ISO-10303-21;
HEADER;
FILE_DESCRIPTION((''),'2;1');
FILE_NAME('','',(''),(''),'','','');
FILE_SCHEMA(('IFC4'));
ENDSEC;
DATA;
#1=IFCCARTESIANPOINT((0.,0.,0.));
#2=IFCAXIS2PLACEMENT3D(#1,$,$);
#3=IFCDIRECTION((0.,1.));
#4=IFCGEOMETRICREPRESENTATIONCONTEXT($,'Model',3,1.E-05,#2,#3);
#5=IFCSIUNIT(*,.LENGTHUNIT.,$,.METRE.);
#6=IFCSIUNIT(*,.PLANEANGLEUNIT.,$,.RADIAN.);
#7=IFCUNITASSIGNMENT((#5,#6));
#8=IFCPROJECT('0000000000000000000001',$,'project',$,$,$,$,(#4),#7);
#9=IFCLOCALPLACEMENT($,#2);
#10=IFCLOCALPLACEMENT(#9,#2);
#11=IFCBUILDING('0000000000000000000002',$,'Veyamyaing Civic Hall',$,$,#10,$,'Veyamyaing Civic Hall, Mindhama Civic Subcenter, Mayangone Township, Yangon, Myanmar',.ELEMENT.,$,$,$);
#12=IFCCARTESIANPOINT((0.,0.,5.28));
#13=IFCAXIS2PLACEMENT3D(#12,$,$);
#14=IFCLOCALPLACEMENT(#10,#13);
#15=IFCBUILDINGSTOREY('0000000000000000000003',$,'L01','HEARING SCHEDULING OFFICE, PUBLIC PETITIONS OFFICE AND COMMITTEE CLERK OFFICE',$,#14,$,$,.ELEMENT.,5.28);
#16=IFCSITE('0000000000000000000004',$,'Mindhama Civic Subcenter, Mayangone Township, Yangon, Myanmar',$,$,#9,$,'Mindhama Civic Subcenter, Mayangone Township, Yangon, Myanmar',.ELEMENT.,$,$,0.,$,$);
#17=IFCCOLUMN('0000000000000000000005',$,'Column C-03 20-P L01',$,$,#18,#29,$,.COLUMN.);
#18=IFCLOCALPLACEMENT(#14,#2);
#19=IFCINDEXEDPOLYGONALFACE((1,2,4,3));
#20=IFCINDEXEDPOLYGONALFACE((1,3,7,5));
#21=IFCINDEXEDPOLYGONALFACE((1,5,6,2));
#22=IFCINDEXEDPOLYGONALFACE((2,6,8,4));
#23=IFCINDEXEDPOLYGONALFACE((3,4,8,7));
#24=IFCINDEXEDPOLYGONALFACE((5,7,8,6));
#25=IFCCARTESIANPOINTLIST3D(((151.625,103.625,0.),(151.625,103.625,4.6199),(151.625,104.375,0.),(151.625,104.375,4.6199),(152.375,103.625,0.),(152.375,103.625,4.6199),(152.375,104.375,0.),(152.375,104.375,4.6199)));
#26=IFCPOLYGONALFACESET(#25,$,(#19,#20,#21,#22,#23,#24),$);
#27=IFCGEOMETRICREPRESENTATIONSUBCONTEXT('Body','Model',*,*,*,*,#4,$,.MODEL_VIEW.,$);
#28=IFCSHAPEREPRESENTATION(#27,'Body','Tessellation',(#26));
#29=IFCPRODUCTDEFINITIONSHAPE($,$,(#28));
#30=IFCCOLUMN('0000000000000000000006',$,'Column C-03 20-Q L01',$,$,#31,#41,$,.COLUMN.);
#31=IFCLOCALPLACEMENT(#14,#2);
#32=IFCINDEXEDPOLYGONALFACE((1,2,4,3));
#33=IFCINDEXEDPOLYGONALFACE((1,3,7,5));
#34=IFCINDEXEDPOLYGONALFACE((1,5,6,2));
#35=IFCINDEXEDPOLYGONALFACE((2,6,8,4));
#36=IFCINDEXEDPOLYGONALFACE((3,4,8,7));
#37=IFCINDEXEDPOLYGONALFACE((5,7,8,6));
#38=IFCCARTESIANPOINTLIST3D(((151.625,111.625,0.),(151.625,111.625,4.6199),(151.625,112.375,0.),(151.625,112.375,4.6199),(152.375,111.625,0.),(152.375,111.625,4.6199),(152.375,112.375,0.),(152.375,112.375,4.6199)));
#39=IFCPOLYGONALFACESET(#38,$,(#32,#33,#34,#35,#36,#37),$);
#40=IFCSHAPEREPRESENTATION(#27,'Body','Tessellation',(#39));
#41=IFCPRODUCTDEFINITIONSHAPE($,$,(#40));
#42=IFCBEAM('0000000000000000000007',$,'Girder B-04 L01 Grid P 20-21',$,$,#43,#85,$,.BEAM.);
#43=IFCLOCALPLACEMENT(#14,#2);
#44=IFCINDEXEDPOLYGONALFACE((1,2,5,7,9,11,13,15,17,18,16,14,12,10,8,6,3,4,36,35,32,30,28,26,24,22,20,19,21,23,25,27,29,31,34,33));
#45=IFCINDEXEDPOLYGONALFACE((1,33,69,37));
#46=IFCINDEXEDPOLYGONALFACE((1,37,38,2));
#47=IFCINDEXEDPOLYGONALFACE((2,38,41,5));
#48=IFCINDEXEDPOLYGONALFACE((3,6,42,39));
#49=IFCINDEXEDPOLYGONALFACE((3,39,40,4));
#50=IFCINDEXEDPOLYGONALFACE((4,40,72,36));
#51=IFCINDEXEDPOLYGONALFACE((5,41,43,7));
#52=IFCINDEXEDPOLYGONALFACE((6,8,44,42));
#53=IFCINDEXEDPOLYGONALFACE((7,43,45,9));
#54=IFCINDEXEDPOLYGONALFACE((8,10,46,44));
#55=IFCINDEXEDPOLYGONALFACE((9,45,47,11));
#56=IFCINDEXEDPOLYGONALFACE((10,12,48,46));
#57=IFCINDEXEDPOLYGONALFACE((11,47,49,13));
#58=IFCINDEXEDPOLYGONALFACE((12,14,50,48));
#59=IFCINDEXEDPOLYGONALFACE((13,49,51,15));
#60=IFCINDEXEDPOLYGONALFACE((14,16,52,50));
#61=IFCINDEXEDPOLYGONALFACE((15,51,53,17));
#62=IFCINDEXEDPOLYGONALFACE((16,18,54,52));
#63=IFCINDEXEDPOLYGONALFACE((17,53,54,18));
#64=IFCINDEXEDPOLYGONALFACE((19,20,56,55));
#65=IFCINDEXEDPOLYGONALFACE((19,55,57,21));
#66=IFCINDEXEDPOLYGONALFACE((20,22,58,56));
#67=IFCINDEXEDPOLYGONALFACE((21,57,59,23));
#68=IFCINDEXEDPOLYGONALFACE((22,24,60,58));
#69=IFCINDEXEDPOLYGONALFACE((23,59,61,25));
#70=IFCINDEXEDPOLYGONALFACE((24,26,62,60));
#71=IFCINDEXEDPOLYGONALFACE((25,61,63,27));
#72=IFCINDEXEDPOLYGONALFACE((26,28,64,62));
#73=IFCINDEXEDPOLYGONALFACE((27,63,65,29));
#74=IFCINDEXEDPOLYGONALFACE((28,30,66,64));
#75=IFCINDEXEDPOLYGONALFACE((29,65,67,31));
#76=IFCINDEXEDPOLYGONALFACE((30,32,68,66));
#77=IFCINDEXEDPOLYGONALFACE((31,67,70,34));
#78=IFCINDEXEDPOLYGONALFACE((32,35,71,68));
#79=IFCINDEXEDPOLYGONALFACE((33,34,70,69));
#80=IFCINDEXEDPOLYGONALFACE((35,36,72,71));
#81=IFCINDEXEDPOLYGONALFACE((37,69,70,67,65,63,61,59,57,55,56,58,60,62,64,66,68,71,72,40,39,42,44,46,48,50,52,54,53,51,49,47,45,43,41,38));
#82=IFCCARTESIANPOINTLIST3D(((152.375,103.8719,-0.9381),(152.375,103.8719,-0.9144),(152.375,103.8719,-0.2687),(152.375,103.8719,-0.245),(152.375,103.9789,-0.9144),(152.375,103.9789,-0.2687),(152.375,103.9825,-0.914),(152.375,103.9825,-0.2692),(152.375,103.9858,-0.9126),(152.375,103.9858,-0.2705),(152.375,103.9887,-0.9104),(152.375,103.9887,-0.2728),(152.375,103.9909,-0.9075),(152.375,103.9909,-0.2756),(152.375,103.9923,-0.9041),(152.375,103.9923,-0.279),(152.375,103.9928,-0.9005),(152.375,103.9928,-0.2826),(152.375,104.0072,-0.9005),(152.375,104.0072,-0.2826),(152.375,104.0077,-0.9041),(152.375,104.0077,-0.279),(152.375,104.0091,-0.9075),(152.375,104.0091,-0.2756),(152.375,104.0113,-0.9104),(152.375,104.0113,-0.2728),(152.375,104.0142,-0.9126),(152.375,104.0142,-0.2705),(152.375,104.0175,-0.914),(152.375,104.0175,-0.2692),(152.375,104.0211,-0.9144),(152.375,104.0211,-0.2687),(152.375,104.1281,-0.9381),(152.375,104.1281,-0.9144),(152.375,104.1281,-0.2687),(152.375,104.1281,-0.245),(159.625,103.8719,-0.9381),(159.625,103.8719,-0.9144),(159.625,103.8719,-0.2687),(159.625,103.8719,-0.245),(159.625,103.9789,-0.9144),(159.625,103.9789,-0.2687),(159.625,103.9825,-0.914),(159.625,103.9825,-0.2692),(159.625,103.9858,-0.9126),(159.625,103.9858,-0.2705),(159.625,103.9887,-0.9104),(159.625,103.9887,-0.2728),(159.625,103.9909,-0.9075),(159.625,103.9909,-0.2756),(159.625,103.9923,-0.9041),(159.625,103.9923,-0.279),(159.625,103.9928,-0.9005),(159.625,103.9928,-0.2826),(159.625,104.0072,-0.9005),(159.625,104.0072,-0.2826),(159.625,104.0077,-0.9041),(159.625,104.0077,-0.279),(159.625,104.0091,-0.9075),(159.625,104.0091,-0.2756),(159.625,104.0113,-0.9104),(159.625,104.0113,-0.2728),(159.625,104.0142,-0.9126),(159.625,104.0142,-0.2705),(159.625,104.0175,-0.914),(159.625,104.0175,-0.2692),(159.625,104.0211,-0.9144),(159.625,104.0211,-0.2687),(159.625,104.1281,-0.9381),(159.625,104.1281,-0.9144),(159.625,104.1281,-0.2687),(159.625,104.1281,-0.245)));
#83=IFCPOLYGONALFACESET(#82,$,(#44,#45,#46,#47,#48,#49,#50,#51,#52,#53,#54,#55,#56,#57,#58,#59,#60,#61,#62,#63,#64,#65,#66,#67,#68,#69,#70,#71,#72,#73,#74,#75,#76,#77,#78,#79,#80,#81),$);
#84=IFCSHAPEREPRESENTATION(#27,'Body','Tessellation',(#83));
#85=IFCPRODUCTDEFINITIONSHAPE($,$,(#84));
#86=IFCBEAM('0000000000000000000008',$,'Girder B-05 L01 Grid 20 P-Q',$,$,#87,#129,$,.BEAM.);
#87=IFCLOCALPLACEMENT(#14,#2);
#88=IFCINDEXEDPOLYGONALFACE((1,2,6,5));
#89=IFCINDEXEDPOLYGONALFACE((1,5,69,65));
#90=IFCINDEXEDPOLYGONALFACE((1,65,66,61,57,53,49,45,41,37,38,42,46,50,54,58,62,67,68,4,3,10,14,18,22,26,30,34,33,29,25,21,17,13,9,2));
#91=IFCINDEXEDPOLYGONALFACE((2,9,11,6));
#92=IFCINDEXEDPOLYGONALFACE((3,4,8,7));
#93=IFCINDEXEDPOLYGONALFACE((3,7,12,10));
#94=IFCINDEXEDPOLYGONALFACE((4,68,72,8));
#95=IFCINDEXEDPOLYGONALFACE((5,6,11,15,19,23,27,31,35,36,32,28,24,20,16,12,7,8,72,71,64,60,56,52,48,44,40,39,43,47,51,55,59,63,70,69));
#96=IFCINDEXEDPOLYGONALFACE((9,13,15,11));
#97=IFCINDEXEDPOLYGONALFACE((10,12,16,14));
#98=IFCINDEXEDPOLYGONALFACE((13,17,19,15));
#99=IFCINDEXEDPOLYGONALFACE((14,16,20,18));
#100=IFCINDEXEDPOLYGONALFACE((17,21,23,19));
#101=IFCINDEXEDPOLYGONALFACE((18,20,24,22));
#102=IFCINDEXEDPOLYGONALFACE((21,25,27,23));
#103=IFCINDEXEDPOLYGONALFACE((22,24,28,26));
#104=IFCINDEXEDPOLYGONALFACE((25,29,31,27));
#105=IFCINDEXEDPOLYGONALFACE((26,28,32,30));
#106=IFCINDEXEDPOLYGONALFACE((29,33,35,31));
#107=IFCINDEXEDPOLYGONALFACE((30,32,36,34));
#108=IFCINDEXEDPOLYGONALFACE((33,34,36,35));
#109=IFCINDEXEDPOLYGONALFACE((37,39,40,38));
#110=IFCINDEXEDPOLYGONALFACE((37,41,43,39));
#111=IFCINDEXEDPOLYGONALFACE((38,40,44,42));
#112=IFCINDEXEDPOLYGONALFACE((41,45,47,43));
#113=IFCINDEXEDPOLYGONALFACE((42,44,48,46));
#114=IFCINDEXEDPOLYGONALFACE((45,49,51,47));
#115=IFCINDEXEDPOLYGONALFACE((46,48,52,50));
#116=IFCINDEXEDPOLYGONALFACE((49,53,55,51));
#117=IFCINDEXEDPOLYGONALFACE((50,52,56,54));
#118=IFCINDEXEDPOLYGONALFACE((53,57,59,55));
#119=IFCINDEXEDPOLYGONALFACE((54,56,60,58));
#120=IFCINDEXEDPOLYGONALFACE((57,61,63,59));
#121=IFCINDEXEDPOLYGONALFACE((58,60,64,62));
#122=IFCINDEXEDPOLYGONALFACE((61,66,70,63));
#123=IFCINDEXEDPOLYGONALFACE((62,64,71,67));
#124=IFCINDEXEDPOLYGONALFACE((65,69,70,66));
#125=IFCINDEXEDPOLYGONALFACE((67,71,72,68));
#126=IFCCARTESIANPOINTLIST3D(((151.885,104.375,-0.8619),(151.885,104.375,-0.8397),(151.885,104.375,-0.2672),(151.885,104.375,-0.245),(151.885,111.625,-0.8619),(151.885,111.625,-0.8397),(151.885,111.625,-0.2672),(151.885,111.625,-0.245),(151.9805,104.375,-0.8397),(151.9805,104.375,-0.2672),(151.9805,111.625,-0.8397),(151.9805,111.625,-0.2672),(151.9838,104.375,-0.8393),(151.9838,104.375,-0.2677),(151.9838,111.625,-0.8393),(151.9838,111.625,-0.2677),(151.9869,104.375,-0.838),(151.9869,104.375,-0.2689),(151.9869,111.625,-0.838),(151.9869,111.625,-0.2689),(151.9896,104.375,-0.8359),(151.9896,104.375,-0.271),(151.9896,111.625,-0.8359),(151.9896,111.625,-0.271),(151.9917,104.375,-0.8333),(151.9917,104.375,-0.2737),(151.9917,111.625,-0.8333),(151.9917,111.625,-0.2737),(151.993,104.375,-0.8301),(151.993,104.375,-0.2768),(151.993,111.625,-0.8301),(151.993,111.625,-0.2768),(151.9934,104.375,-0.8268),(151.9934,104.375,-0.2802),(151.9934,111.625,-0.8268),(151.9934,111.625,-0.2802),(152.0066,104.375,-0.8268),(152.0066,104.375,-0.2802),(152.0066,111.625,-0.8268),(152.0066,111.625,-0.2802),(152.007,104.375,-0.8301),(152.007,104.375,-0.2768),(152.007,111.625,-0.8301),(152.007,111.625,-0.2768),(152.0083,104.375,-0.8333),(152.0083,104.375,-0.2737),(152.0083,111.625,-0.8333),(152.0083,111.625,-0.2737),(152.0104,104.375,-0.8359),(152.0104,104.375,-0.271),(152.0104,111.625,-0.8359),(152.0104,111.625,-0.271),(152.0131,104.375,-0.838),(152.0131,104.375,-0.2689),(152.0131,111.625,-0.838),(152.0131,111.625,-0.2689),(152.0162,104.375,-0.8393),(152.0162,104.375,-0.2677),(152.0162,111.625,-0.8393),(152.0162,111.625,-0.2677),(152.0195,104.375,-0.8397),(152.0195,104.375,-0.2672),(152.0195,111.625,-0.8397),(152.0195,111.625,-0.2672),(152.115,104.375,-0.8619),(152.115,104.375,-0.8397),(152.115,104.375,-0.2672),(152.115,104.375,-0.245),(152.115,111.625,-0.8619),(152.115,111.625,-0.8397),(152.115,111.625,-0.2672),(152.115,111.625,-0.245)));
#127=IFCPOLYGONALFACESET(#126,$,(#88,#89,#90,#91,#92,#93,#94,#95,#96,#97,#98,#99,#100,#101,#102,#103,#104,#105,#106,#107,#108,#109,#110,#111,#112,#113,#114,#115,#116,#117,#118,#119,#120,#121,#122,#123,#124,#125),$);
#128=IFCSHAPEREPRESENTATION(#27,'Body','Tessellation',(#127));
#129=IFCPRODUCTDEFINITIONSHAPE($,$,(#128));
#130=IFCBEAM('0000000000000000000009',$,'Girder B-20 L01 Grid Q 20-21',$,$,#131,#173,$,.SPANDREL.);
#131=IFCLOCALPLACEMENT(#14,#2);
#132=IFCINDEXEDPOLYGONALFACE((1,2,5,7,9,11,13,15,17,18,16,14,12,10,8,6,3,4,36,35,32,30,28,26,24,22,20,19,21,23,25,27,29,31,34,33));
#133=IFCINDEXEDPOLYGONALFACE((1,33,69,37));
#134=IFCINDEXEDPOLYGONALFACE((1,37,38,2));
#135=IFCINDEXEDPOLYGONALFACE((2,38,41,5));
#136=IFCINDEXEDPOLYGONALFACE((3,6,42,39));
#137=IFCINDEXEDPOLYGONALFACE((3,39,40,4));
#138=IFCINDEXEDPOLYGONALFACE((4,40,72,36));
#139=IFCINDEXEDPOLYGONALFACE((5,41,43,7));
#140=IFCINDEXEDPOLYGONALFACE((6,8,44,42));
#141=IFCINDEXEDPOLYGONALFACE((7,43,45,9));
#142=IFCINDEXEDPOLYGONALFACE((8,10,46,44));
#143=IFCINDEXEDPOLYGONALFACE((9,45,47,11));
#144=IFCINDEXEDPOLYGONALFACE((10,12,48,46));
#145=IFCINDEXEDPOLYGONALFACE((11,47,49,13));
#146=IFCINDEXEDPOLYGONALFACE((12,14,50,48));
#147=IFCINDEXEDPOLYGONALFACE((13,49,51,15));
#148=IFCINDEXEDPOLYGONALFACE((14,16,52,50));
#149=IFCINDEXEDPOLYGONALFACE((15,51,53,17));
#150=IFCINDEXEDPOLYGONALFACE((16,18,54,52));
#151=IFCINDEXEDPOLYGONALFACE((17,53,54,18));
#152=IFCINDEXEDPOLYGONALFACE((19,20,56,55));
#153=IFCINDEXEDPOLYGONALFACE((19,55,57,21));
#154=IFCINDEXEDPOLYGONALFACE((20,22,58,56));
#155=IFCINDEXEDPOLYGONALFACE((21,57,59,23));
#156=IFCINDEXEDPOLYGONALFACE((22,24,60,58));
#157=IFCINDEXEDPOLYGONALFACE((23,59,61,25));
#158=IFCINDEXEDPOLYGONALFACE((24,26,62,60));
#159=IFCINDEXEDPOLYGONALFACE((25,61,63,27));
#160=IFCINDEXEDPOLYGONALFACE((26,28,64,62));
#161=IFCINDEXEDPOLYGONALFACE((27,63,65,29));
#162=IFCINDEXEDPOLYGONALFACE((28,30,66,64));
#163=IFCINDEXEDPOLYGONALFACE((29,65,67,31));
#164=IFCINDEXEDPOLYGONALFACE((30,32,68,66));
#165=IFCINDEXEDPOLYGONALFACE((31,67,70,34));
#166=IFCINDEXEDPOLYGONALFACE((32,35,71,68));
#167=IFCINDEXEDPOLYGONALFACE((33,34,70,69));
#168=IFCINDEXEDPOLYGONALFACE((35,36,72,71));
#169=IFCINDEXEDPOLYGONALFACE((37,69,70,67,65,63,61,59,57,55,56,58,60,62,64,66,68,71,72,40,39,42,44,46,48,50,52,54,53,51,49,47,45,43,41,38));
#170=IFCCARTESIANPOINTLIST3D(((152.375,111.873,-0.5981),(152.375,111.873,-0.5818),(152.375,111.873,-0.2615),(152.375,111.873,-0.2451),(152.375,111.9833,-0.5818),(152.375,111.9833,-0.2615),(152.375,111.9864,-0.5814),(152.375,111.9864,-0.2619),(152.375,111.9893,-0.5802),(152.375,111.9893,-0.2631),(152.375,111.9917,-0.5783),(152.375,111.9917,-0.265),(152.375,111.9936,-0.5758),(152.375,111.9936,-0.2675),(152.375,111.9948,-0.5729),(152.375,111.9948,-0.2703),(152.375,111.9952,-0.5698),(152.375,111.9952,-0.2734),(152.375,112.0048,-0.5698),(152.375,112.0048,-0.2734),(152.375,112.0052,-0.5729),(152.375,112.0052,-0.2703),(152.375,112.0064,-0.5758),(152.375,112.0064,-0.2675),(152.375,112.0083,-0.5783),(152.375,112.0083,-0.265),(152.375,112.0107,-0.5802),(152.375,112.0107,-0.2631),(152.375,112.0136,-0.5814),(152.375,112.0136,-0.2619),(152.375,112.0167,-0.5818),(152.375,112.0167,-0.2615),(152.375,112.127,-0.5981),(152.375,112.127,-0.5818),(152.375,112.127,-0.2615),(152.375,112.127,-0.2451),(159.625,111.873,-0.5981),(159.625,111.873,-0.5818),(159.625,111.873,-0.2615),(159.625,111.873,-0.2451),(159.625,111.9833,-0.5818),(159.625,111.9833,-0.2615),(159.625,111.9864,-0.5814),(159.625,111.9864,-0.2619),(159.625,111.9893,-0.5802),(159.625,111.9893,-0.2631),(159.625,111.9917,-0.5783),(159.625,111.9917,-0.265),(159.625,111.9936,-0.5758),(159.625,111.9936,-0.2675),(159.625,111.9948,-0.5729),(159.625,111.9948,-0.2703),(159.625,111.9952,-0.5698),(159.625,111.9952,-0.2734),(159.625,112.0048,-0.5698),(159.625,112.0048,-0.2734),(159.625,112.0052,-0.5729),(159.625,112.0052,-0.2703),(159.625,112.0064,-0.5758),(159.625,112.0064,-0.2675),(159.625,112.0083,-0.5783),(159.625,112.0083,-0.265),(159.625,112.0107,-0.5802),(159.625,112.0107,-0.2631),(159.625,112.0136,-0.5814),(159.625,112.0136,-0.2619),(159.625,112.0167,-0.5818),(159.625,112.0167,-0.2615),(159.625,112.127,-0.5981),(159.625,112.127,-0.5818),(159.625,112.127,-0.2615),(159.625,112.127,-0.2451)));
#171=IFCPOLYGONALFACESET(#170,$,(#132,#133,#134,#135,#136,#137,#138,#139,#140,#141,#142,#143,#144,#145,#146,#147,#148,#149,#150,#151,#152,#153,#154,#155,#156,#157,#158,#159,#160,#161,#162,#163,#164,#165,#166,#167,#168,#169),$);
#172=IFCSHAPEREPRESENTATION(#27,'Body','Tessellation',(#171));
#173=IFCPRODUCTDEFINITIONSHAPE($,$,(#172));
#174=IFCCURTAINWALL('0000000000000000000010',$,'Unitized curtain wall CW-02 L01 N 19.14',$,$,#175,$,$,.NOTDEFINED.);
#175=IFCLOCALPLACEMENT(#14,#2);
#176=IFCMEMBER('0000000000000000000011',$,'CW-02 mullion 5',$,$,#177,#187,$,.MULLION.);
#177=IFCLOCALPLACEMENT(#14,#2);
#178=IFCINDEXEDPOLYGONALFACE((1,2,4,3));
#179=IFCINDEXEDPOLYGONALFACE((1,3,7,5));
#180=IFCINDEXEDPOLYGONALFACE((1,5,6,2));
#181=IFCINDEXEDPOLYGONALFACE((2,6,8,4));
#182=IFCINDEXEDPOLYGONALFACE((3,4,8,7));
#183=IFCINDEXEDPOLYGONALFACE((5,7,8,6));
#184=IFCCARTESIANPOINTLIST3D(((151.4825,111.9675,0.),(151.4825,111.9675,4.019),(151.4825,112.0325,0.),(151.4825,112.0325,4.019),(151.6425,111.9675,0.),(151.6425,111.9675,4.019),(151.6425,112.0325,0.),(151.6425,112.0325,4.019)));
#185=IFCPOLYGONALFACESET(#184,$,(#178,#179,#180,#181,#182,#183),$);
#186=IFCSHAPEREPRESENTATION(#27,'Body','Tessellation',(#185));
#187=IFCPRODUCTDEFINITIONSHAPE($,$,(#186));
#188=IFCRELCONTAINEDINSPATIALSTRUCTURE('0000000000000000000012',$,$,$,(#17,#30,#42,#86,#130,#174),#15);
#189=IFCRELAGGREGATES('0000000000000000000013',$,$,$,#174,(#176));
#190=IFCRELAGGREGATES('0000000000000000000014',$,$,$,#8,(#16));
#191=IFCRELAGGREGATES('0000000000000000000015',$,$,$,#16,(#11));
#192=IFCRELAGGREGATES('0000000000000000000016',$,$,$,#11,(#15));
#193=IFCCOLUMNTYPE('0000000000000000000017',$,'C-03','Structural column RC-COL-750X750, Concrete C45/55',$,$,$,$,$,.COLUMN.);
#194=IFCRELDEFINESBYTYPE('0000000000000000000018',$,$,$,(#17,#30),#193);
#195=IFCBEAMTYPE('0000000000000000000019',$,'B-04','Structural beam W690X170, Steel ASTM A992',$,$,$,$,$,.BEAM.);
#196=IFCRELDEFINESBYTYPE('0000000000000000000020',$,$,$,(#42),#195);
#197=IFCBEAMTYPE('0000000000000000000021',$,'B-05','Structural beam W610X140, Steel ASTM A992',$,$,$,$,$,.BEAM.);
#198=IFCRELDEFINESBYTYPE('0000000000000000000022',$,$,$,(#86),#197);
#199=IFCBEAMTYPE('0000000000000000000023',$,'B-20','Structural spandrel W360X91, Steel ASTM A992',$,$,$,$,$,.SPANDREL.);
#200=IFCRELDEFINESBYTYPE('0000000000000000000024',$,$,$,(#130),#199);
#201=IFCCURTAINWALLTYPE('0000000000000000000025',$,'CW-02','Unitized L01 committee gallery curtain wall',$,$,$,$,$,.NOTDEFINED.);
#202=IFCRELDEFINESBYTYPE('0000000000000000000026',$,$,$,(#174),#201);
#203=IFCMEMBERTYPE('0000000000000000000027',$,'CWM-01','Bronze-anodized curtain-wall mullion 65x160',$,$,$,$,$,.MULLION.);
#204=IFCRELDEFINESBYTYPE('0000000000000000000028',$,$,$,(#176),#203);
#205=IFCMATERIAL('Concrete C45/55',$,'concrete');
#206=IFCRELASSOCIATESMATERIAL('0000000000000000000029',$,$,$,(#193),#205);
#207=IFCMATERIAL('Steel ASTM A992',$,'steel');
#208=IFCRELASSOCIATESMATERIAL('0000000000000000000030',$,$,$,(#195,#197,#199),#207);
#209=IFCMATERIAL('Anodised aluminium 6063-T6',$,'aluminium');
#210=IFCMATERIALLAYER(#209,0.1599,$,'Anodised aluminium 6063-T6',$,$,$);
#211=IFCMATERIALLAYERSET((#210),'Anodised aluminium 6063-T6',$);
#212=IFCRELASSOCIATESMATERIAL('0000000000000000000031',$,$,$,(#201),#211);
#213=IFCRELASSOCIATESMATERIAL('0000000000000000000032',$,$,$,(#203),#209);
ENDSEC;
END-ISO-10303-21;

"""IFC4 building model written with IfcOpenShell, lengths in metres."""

from ifc_helpers import new_model, si_unit, direction, frame, origin, origin_2d, place, context, subcontext, project, spatial, rectangle, i_section, extrude, material, layer, layer_set, material_profile, profile_set, type_object, element, aggregate, save


model = new_model("IFC4")

# Units and contexts
model_context = context("Model", 3, precision=1e-05, world=origin(), true_north=direction((0.0, 1.0)))
body_context = subcontext(model_context, "Body", "Model", "MODEL_VIEW")
ifc_project = project(units=[si_unit("LENGTHUNIT", "METRE"), si_unit("PLANEANGLEUNIT", "RADIAN")], contexts=[model_context])

# Site, building, storey
site_placement = place(None, origin())
site = spatial("IfcSite", under=ifc_project, at=site_placement, Name="Mindhama Civic Subcenter, Mayangone Township, Yangon, Myanmar", LongName="Mindhama Civic Subcenter, Mayangone Township, Yangon, Myanmar", CompositionType="ELEMENT", RefElevation=0.0)
building_placement = place(site_placement, origin())
building = spatial("IfcBuilding", under=site, at=building_placement, Name="Veyamyaing Civic Hall", LongName="Veyamyaing Civic Hall, Mindhama Civic Subcenter, Mayangone Township, Yangon, Myanmar", CompositionType="ELEMENT")
storey_placement = place(building_placement, frame((0.0, 0.0, 5.28)))
storey = spatial("IfcBuildingStorey", under=building, at=storey_placement, Name="L01", Description="HEARING SCHEDULING OFFICE, PUBLIC PETITIONS OFFICE AND COMMITTEE CLERK OFFICE", CompositionType="ELEMENT", Elevation=5.28)

# Columns
ifc_material_1 = material(Name="Concrete C45/55", Category="concrete")
ifc_material_profile_1 = material_profile(ifc_material_1, rectangle(XDim=0.75, YDim=0.75, at=origin_2d()), Name="RC-COL-750X750")
ifc_profile_set_1 = profile_set([ifc_material_profile_1], Name="Concrete C45/55")
column_type = type_object("IfcColumnType", Name="C-03", Description="Structural column RC-COL-750X750, Concrete C45/55", PredefinedType="COLUMN", material=ifc_profile_set_1)
for number, where, z_axis, x_axis, name in (
    (1, (152.0, 104.0, 0.0), (0.0, 0.0, 1.0), (1.0, 0.0, 0.0), "Column C-03 20-P L01"),
    (2, (152.0, 112.0, 0.0), (0.0, 0.0, 1.0), (1.0, 0.0, 0.0), "Column C-03 20-Q L01"),
):
    element("IfcColumn", number, at=place(storey_placement, frame(where, z_axis=z_axis, x_axis=x_axis)), inside=storey, type_object=column_type, Name=name, PredefinedType="COLUMN", context=body_context, shape_type="SweptSolid", body=[
        extrude(rectangle(XDim=0.75, YDim=0.75, at=origin_2d()), origin(), (0.0, 0.0, 1.0), 4.6199),
    ])

# Beams
ifc_material_2 = material(Name="Steel ASTM A992", Category="steel")
ifc_material_profile_2 = material_profile(ifc_material_2, i_section(OverallWidth=0.2561, OverallDepth=0.6931, WebThickness=0.0144, FlangeThickness=0.0237, FilletRadius=0.0139, at=origin_2d()), Name="W690X170")
ifc_profile_set_2 = profile_set([ifc_material_profile_2], Name="Steel ASTM A992")
beam_type_1 = type_object("IfcBeamType", Name="B-04", Description="Structural beam W690X170, Steel ASTM A992", PredefinedType="BEAM", material=ifc_profile_set_2)
beam_1_placement = place(storey_placement, frame((152.375, 104.0, -0.5916), z_axis=(1.0, 0.0, 0.0), x_axis=(0.0, 1.0, 0.0)))
element("IfcBeam", 3, at=beam_1_placement, inside=storey, type_object=beam_type_1, Name="Girder B-04 L01 Grid P 20-21", PredefinedType="BEAM", context=body_context, shape_type="SweptSolid", body=[
    extrude(i_section(OverallWidth=0.2561, OverallDepth=0.6931, WebThickness=0.0144, FlangeThickness=0.0237, FilletRadius=0.0139, at=origin_2d()), origin(), (0.0, 0.0, 1.0), 7.25),
])
ifc_material_profile_3 = material_profile(ifc_material_2, i_section(OverallWidth=0.23, OverallDepth=0.6169, WebThickness=0.0132, FlangeThickness=0.0222, FilletRadius=0.0129, at=origin_2d()), Name="W610X140")
ifc_profile_set_3 = profile_set([ifc_material_profile_3], Name="Steel ASTM A992")
beam_type_2 = type_object("IfcBeamType", Name="B-05", Description="Structural beam W610X140, Steel ASTM A992", PredefinedType="BEAM", material=ifc_profile_set_3)
beam_2_placement = place(storey_placement, frame((152.0, 104.375, -0.5535), z_axis=(0.0, 1.0, 0.0), x_axis=(-1.0, 0.0, 0.0)))
element("IfcBeam", 4, at=beam_2_placement, inside=storey, type_object=beam_type_2, Name="Girder B-05 L01 Grid 20 P-Q", PredefinedType="BEAM", context=body_context, shape_type="SweptSolid", body=[
    extrude(i_section(OverallWidth=0.23, OverallDepth=0.6169, WebThickness=0.0132, FlangeThickness=0.0222, FilletRadius=0.0129, at=origin_2d()), origin(), (0.0, 0.0, 1.0), 7.25),
])
ifc_material_profile_4 = material_profile(ifc_material_2, i_section(OverallWidth=0.2539, OverallDepth=0.353, WebThickness=0.0095, FlangeThickness=0.0164, FilletRadius=0.012, at=origin_2d()), Name="W360X91")
ifc_profile_set_4 = profile_set([ifc_material_profile_4], Name="Steel ASTM A992")
beam_type_3 = type_object("IfcBeamType", Name="B-20", Description="Structural spandrel W360X91, Steel ASTM A992", PredefinedType="SPANDREL", material=ifc_profile_set_4)
beam_3_placement = place(storey_placement, frame((152.375, 112.0, -0.4216), z_axis=(1.0, 0.0, 0.0), x_axis=(0.0, 1.0, 0.0)))
element("IfcBeam", 5, at=beam_3_placement, inside=storey, type_object=beam_type_3, Name="Girder B-20 L01 Grid Q 20-21", PredefinedType="SPANDREL", context=body_context, shape_type="SweptSolid", body=[
    extrude(i_section(OverallWidth=0.2539, OverallDepth=0.353, WebThickness=0.0095, FlangeThickness=0.0164, FilletRadius=0.012, at=origin_2d()), origin(), (0.0, 0.0, 1.0), 7.25),
])

# Curtain wall, member
ifc_material_3 = material(Name="Anodised aluminium 6063-T6", Category="aluminium")
ifc_layer_1 = layer(ifc_material_3, 0.1599, Name="Anodised aluminium 6063-T6")
ifc_layer_set_1 = layer_set([ifc_layer_1], Name="Anodised aluminium 6063-T6")
curtain_wall_type = type_object("IfcCurtainWallType", Name="CW-02", Description="Unitized L01 committee gallery curtain wall", PredefinedType="NOTDEFINED", material=ifc_layer_set_1)
curtain_wall_placement = place(storey_placement, origin())
curtain_wall = element("IfcCurtainWall", 6, at=curtain_wall_placement, inside=storey, type_object=curtain_wall_type, Name="Unitized curtain wall CW-02 L01 N 19.14", PredefinedType="NOTDEFINED")
ifc_material_profile_5 = material_profile(ifc_material_3, rectangle(XDim=0.0649, YDim=0.1599, at=origin_2d()), Name="ALU-MUL-65X160")
ifc_profile_set_5 = profile_set([ifc_material_profile_5], Name="Anodised aluminium 6063-T6")
member_type_1 = type_object("IfcMemberType", Name="CWM-01", Description="Bronze-anodized curtain-wall mullion 65x160", PredefinedType="MULLION", material=ifc_profile_set_5)
member_1_placement = place(storey_placement, frame((151.5625, 112.0, 0.0), z_axis=(0.0, 0.0, 1.0), x_axis=(0.0, 1.0, 0.0)))
member_1 = element("IfcMember", 7, at=member_1_placement, type_object=member_type_1, Name="CW-02 mullion 5", PredefinedType="MULLION", context=body_context, shape_type="SweptSolid", body=[
    extrude(rectangle(XDim=0.0649, YDim=0.1599, at=origin_2d()), origin(), (0.0, 0.0, 1.0), 4.019),
])

aggregate(curtain_wall, [member_1])

save(model, "model.ifc")
